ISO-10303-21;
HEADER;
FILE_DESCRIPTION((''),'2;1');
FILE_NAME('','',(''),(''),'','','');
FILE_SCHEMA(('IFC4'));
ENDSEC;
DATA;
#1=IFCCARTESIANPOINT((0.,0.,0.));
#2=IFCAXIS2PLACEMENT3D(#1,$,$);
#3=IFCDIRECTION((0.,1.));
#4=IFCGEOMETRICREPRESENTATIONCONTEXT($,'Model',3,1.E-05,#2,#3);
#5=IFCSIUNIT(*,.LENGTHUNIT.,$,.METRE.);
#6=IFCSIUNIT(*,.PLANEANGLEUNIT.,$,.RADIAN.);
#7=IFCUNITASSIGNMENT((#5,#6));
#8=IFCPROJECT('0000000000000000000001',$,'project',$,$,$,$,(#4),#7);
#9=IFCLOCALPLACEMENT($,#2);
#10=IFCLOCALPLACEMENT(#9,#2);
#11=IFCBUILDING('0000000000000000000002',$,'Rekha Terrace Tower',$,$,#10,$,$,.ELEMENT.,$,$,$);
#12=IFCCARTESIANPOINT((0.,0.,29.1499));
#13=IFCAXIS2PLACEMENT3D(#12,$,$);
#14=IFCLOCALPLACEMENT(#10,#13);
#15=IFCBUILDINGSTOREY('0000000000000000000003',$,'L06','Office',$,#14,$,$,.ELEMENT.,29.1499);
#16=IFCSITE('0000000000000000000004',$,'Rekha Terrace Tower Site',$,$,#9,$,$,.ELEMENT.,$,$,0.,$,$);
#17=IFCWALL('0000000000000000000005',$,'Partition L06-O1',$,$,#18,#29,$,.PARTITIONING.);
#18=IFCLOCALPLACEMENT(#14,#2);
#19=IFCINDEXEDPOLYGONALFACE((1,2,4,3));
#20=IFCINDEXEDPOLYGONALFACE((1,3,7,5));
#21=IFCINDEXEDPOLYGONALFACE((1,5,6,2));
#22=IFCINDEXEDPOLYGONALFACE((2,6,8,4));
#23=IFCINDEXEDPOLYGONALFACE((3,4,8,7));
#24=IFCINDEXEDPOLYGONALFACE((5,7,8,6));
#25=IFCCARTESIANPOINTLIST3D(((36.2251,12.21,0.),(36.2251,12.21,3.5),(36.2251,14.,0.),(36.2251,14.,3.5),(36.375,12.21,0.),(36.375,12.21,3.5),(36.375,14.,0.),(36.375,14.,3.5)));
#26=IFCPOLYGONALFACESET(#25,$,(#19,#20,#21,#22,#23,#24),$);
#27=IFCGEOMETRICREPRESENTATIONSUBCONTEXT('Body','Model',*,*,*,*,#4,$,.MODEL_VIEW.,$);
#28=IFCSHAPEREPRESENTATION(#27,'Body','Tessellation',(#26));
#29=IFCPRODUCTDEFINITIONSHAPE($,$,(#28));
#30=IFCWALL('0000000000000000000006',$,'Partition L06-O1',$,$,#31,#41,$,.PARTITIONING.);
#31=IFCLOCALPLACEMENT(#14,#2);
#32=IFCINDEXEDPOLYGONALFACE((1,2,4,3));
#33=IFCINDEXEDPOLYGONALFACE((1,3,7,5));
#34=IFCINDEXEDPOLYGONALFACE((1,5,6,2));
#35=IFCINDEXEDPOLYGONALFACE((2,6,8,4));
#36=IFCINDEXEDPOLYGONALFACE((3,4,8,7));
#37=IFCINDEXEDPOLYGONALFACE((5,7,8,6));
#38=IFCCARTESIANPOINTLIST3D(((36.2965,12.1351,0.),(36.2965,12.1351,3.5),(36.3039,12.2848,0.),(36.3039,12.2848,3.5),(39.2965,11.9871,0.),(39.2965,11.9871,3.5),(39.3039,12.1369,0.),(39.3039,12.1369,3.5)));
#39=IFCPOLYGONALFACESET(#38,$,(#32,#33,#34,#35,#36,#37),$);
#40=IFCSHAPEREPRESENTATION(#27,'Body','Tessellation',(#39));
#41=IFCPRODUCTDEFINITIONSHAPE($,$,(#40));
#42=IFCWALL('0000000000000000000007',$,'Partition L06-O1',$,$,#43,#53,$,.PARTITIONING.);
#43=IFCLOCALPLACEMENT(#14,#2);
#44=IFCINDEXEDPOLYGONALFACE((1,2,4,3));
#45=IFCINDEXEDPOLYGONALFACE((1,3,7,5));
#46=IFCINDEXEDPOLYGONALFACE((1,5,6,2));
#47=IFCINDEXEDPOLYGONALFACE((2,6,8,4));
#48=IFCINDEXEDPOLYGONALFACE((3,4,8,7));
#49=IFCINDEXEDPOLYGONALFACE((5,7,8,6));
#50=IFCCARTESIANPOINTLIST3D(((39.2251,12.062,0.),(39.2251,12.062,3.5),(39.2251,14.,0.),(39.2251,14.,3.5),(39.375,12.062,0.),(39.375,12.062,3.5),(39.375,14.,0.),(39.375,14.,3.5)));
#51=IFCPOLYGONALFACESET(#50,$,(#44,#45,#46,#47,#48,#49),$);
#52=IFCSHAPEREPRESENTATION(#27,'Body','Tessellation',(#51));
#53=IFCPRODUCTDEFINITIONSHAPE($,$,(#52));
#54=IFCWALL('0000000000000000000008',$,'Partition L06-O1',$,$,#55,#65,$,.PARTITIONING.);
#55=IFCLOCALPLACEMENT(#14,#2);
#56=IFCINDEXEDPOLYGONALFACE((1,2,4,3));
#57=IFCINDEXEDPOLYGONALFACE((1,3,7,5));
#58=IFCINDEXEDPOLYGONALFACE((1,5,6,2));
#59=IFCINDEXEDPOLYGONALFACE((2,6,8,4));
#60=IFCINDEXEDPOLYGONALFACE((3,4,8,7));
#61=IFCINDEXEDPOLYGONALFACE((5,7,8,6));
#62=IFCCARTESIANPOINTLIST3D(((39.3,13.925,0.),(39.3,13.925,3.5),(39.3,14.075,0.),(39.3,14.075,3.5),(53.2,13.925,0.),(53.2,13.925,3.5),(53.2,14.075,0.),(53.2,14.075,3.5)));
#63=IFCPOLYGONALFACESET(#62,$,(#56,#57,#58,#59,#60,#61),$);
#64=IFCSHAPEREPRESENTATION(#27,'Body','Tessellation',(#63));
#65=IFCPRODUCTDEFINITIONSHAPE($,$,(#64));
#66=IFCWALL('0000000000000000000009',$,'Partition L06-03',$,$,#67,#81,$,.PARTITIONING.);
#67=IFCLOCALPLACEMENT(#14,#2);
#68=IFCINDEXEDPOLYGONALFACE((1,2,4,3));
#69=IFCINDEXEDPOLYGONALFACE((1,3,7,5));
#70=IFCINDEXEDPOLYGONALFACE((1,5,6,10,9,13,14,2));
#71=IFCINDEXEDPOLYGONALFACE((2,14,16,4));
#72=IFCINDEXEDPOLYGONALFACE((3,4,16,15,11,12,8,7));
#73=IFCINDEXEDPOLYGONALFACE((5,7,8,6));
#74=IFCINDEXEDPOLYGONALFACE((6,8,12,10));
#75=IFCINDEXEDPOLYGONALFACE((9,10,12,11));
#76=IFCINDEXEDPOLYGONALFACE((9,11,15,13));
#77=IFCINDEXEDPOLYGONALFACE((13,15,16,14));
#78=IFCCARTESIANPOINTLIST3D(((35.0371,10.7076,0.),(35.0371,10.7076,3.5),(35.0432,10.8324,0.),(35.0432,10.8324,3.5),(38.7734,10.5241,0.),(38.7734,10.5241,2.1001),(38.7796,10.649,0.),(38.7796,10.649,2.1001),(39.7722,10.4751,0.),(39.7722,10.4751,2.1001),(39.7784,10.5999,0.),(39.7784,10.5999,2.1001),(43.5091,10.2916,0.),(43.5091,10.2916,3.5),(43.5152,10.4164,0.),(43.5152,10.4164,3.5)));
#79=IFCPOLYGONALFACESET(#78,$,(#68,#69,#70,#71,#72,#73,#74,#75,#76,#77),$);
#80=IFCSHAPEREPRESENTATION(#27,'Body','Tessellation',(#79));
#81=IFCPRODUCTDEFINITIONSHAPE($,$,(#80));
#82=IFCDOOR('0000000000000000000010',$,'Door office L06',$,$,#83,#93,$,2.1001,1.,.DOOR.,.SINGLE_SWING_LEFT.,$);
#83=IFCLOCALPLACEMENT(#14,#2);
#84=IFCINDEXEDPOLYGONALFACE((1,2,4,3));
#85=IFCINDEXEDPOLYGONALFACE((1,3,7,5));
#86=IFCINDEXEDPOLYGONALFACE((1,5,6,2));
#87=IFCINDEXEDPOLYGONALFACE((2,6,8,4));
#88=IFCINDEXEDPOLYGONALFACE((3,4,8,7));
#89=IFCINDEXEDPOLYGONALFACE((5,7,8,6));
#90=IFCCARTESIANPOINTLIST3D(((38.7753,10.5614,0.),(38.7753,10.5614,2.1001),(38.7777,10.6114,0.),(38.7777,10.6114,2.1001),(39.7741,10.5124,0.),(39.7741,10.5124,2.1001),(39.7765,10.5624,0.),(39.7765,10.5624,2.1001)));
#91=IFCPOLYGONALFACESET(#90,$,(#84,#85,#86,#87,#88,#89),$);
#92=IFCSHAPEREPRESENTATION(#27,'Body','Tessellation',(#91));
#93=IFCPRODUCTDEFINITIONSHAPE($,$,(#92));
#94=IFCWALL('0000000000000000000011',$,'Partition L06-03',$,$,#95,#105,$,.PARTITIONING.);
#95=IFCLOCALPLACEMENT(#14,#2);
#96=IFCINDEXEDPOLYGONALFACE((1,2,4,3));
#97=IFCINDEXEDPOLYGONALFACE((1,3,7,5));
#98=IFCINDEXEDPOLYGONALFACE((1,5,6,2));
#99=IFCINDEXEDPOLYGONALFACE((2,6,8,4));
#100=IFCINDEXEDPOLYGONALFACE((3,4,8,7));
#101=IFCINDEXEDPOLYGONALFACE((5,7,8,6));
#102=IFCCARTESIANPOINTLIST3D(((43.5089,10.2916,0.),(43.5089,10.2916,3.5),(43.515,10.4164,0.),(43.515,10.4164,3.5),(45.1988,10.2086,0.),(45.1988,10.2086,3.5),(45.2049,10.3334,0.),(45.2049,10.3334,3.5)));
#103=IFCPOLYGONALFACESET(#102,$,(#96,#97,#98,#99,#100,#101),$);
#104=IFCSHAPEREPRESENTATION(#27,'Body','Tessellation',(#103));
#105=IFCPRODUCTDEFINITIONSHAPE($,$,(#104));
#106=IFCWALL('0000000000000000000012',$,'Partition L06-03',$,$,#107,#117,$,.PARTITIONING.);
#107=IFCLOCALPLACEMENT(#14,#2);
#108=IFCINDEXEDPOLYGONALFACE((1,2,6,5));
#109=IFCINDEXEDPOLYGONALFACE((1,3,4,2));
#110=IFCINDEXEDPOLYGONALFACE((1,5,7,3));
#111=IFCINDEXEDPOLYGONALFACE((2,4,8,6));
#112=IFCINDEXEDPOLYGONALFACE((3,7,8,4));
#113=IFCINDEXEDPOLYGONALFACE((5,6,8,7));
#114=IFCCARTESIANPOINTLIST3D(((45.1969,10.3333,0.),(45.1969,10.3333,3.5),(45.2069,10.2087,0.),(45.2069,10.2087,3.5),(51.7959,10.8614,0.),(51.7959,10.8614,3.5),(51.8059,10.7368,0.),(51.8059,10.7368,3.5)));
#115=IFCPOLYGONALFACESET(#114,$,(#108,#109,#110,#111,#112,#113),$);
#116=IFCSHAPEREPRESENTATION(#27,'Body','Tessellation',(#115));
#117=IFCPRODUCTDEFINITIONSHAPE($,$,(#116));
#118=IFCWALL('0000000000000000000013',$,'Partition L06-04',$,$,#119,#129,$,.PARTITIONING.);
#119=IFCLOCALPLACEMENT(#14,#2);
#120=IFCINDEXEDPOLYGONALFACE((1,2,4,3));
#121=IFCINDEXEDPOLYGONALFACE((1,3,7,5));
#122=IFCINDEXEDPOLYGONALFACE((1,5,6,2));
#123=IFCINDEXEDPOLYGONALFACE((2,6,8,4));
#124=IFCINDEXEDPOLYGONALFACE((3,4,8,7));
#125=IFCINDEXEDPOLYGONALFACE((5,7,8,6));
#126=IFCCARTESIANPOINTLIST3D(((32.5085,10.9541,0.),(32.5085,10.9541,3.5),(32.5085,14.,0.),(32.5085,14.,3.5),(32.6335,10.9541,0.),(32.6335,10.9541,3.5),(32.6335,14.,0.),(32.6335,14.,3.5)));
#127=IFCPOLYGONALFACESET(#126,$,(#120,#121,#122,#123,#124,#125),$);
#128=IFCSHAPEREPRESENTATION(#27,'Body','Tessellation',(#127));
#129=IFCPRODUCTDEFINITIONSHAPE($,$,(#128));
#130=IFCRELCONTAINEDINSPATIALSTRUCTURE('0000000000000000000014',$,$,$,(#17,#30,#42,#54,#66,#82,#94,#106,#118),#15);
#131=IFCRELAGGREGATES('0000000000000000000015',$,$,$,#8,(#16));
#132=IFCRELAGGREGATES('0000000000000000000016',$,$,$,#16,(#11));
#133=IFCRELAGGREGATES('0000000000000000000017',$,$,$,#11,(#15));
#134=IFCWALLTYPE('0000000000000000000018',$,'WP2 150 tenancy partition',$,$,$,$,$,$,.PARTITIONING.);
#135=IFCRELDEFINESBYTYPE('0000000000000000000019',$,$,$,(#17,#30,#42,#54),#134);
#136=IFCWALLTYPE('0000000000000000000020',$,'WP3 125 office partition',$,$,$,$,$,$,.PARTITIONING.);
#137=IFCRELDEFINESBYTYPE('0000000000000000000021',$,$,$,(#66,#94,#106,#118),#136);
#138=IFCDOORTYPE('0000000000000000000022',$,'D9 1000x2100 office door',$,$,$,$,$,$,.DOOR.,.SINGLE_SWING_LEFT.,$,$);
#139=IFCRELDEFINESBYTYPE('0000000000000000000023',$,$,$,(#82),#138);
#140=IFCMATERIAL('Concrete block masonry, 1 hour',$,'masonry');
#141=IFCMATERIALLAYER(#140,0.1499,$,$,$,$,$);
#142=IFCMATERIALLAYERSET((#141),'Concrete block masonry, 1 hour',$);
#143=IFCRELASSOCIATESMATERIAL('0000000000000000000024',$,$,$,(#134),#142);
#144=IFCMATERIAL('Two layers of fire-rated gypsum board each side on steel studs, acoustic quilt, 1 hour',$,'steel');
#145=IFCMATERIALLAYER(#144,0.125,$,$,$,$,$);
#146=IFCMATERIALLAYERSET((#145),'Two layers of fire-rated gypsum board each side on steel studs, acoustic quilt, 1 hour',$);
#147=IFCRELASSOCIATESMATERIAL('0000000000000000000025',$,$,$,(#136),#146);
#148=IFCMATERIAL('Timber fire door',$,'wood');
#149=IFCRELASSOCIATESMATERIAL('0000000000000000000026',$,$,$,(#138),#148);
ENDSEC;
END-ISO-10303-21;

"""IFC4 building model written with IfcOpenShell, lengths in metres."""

from ifc_helpers import new_model, si_unit, direction, frame, frame_2d, origin, place, context, subcontext, project, spatial, rectangle, extrude, material, layer, layer_set, type_object, element, fill, save


model = new_model("IFC4")

# Units and contexts
model_context = context("Model", 3, precision=1e-05, world=origin(), true_north=direction((0.0, 1.0)))
body_context = subcontext(model_context, "Body", "Model", "MODEL_VIEW")
ifc_project = project(units=[si_unit("LENGTHUNIT", "METRE"), si_unit("PLANEANGLEUNIT", "RADIAN")], contexts=[model_context])

# Site, building, storey
site_placement = place(None, origin())
site = spatial("IfcSite", under=ifc_project, at=site_placement, Name="Rekha Terrace Tower Site", CompositionType="ELEMENT", RefElevation=0.0)
building_placement = place(site_placement, origin())
building = spatial("IfcBuilding", under=site, at=building_placement, Name="Rekha Terrace Tower", CompositionType="ELEMENT")
storey_placement = place(building_placement, frame((0.0, 0.0, 29.1499)))
storey = spatial("IfcBuildingStorey", under=building, at=storey_placement, Name="L06", Description="Office", CompositionType="ELEMENT", Elevation=29.1499)

# Shared definitions
ifc_material_1 = material(Name="Concrete block masonry, 1 hour", Category="masonry")
ifc_layer_1 = layer(ifc_material_1, 0.1499)
ifc_layer_set_1 = layer_set([ifc_layer_1], Name="Concrete block masonry, 1 hour")
wall_type_1 = type_object("IfcWallType", Name="WP2 150 tenancy partition", PredefinedType="PARTITIONING", material=ifc_layer_set_1)

# Walls
wall_1_placement = place(storey_placement, frame((36.3, 14.0, 0.0), z_axis=(0.0, 0.0, 1.0), x_axis=(0.0, -1.0, 0.0)))
element("IfcWall", 1, at=wall_1_placement, inside=storey, type_object=wall_type_1, Name="Partition L06-O1", PredefinedType="PARTITIONING", context=body_context, shape_type="SweptSolid", body=[
    extrude(rectangle(XDim=1.79, YDim=0.1499, at=frame_2d((0.895, 0.0))), origin(), (0.0, 0.0, 1.0), 3.5),
])
wall_2_placement = place(storey_placement, frame((36.3, 12.21, 0.0), z_axis=(0.0, 0.0, 1.0), x_axis=(0.998786, -0.049257, 0.0)))
element("IfcWall", 2, at=wall_2_placement, inside=storey, type_object=wall_type_1, Name="Partition L06-O1", PredefinedType="PARTITIONING", context=body_context, shape_type="SweptSolid", body=[
    extrude(rectangle(XDim=3.0037, YDim=0.1499, at=frame_2d((1.502, 0.0))), origin(), (0.0, 0.0, 1.0), 3.5),
])
wall_3_placement = place(storey_placement, frame((39.3, 12.062, 0.0), z_axis=(0.0, 0.0, 1.0), x_axis=(0.0, 1.0, 0.0)))
element("IfcWall", 3, at=wall_3_placement, inside=storey, type_object=wall_type_1, Name="Partition L06-O1", PredefinedType="PARTITIONING", context=body_context, shape_type="SweptSolid", body=[
    extrude(rectangle(XDim=1.938, YDim=0.1499, at=frame_2d((0.969, 0.0))), origin(), (0.0, 0.0, 1.0), 3.5),
])
wall_4_placement = place(storey_placement, frame((39.3, 14.0, 0.0), z_axis=(0.0, 0.0, 1.0), x_axis=(1.0, 0.0, 0.0)))
element("IfcWall", 4, at=wall_4_placement, inside=storey, type_object=wall_type_1, Name="Partition L06-O1", PredefinedType="PARTITIONING", context=body_context, shape_type="SweptSolid", body=[
    extrude(rectangle(XDim=13.8999, YDim=0.1499, at=frame_2d((6.95, 0.0))), origin(), (0.0, 0.0, 1.0), 3.5),
])

# Wall, opening, door
ifc_material_2 = material(Name="Two layers of fire-rated gypsum board each side on steel studs, acoustic quilt, 1 hour", Category="steel")
ifc_layer_2 = layer(ifc_material_2, 0.125)
ifc_layer_set_2 = layer_set([ifc_layer_2], Name="Two layers of fire-rated gypsum board each side on steel studs, acoustic quilt, 1 hour")
wall_type_2 = type_object("IfcWallType", Name="WP3 125 office partition", PredefinedType="PARTITIONING", material=ifc_layer_set_2)
wall_5_placement = place(storey_placement, frame((35.04, 10.77, 0.0), z_axis=(0.0, 0.0, 1.0), x_axis=(0.998797, -0.049046, 0.0)))
wall_5 = element("IfcWall", 5, at=wall_5_placement, inside=storey, type_object=wall_type_2, Name="Partition L06-03", PredefinedType="PARTITIONING", context=body_context, shape_type="SweptSolid", body=[
    extrude(rectangle(XDim=8.4822, YDim=0.125, at=frame_2d((4.2412, 0.0))), origin(), (0.0, 0.0, 1.0), 3.5),
])
opening_1_placement = place(wall_5_placement, frame((3.741, 0.0, 0.0)))
opening_1 = element("IfcOpeningElement", 6, at=opening_1_placement, cuts=wall_5, PredefinedType="OPENING", context=body_context, shape_type="SweptSolid", body=[
    extrude(rectangle(XDim=1.0, YDim=2.1001, at=frame_2d((0.5, 1.05))), frame((0.0, 0.0725, 0.0), z_axis=(0.0, -1.0, 0.0), x_axis=(1.0, 0.0, 0.0)), (0.0, 0.0, 1.0), 0.145),
])
ifc_material_3 = material(Name="Timber fire door", Category="wood")
door_type_1 = type_object("IfcDoorType", Name="D9 1000x2100 office door", OperationType="SINGLE_SWING_LEFT", PredefinedType="DOOR", material=ifc_material_3)
door_1_placement = place(opening_1_placement, origin())
door_1 = element("IfcDoor", 7, at=door_1_placement, inside=storey, type_object=door_type_1, Name="Door office L06", OperationType="SINGLE_SWING_LEFT", OverallHeight=2.1001, OverallWidth=1.0, PredefinedType="DOOR", context=body_context, shape_type="SweptSolid", body=[
    extrude(rectangle(XDim=1.0, YDim=2.1001, at=frame_2d((0.5, 1.05))), frame((0.0, 0.0249, 0.0), z_axis=(0.0, -1.0, 0.0), x_axis=(1.0, 0.0, 0.0)), (0.0, 0.0, 1.0), 0.05),
])
fill(opening_1, door_1)

# Walls
wall_6_placement = place(storey_placement, frame((43.512, 10.354, 0.0), z_axis=(0.0, 0.0, 1.0), x_axis=(0.998796, -0.04906, 0.0)))
element("IfcWall", 8, at=wall_6_placement, inside=storey, type_object=wall_type_2, Name="Partition L06-03", PredefinedType="PARTITIONING", context=body_context, shape_type="SweptSolid", body=[
    extrude(rectangle(XDim=1.6919, YDim=0.125, at=frame_2d((0.8459, 0.0))), origin(), (0.0, 0.0, 1.0), 3.5),
])
wall_7_placement = place(storey_placement, frame((45.2019, 10.271, 0.0), z_axis=(0.0, 0.0, 1.0), x_axis=(0.996814, 0.079767, 0.0)))
element("IfcWall", 9, at=wall_7_placement, inside=storey, type_object=wall_type_2, Name="Partition L06-03", PredefinedType="PARTITIONING", context=body_context, shape_type="SweptSolid", body=[
    extrude(rectangle(XDim=6.6201, YDim=0.125, at=frame_2d((3.3101, 0.0))), origin(), (0.0, 0.0, 1.0), 3.5),
])
wall_8_placement = place(storey_placement, frame((32.571, 14.0, 0.0), z_axis=(0.0, 0.0, 1.0), x_axis=(0.0, -1.0, 0.0)))
element("IfcWall", 10, at=wall_8_placement, inside=storey, type_object=wall_type_2, Name="Partition L06-04", PredefinedType="PARTITIONING", context=body_context, shape_type="SweptSolid", body=[
    extrude(rectangle(XDim=3.0459, YDim=0.125, at=frame_2d((1.5229, 0.0))), origin(), (0.0, 0.0, 1.0), 3.5),
])

save(model, "model.ifc")
